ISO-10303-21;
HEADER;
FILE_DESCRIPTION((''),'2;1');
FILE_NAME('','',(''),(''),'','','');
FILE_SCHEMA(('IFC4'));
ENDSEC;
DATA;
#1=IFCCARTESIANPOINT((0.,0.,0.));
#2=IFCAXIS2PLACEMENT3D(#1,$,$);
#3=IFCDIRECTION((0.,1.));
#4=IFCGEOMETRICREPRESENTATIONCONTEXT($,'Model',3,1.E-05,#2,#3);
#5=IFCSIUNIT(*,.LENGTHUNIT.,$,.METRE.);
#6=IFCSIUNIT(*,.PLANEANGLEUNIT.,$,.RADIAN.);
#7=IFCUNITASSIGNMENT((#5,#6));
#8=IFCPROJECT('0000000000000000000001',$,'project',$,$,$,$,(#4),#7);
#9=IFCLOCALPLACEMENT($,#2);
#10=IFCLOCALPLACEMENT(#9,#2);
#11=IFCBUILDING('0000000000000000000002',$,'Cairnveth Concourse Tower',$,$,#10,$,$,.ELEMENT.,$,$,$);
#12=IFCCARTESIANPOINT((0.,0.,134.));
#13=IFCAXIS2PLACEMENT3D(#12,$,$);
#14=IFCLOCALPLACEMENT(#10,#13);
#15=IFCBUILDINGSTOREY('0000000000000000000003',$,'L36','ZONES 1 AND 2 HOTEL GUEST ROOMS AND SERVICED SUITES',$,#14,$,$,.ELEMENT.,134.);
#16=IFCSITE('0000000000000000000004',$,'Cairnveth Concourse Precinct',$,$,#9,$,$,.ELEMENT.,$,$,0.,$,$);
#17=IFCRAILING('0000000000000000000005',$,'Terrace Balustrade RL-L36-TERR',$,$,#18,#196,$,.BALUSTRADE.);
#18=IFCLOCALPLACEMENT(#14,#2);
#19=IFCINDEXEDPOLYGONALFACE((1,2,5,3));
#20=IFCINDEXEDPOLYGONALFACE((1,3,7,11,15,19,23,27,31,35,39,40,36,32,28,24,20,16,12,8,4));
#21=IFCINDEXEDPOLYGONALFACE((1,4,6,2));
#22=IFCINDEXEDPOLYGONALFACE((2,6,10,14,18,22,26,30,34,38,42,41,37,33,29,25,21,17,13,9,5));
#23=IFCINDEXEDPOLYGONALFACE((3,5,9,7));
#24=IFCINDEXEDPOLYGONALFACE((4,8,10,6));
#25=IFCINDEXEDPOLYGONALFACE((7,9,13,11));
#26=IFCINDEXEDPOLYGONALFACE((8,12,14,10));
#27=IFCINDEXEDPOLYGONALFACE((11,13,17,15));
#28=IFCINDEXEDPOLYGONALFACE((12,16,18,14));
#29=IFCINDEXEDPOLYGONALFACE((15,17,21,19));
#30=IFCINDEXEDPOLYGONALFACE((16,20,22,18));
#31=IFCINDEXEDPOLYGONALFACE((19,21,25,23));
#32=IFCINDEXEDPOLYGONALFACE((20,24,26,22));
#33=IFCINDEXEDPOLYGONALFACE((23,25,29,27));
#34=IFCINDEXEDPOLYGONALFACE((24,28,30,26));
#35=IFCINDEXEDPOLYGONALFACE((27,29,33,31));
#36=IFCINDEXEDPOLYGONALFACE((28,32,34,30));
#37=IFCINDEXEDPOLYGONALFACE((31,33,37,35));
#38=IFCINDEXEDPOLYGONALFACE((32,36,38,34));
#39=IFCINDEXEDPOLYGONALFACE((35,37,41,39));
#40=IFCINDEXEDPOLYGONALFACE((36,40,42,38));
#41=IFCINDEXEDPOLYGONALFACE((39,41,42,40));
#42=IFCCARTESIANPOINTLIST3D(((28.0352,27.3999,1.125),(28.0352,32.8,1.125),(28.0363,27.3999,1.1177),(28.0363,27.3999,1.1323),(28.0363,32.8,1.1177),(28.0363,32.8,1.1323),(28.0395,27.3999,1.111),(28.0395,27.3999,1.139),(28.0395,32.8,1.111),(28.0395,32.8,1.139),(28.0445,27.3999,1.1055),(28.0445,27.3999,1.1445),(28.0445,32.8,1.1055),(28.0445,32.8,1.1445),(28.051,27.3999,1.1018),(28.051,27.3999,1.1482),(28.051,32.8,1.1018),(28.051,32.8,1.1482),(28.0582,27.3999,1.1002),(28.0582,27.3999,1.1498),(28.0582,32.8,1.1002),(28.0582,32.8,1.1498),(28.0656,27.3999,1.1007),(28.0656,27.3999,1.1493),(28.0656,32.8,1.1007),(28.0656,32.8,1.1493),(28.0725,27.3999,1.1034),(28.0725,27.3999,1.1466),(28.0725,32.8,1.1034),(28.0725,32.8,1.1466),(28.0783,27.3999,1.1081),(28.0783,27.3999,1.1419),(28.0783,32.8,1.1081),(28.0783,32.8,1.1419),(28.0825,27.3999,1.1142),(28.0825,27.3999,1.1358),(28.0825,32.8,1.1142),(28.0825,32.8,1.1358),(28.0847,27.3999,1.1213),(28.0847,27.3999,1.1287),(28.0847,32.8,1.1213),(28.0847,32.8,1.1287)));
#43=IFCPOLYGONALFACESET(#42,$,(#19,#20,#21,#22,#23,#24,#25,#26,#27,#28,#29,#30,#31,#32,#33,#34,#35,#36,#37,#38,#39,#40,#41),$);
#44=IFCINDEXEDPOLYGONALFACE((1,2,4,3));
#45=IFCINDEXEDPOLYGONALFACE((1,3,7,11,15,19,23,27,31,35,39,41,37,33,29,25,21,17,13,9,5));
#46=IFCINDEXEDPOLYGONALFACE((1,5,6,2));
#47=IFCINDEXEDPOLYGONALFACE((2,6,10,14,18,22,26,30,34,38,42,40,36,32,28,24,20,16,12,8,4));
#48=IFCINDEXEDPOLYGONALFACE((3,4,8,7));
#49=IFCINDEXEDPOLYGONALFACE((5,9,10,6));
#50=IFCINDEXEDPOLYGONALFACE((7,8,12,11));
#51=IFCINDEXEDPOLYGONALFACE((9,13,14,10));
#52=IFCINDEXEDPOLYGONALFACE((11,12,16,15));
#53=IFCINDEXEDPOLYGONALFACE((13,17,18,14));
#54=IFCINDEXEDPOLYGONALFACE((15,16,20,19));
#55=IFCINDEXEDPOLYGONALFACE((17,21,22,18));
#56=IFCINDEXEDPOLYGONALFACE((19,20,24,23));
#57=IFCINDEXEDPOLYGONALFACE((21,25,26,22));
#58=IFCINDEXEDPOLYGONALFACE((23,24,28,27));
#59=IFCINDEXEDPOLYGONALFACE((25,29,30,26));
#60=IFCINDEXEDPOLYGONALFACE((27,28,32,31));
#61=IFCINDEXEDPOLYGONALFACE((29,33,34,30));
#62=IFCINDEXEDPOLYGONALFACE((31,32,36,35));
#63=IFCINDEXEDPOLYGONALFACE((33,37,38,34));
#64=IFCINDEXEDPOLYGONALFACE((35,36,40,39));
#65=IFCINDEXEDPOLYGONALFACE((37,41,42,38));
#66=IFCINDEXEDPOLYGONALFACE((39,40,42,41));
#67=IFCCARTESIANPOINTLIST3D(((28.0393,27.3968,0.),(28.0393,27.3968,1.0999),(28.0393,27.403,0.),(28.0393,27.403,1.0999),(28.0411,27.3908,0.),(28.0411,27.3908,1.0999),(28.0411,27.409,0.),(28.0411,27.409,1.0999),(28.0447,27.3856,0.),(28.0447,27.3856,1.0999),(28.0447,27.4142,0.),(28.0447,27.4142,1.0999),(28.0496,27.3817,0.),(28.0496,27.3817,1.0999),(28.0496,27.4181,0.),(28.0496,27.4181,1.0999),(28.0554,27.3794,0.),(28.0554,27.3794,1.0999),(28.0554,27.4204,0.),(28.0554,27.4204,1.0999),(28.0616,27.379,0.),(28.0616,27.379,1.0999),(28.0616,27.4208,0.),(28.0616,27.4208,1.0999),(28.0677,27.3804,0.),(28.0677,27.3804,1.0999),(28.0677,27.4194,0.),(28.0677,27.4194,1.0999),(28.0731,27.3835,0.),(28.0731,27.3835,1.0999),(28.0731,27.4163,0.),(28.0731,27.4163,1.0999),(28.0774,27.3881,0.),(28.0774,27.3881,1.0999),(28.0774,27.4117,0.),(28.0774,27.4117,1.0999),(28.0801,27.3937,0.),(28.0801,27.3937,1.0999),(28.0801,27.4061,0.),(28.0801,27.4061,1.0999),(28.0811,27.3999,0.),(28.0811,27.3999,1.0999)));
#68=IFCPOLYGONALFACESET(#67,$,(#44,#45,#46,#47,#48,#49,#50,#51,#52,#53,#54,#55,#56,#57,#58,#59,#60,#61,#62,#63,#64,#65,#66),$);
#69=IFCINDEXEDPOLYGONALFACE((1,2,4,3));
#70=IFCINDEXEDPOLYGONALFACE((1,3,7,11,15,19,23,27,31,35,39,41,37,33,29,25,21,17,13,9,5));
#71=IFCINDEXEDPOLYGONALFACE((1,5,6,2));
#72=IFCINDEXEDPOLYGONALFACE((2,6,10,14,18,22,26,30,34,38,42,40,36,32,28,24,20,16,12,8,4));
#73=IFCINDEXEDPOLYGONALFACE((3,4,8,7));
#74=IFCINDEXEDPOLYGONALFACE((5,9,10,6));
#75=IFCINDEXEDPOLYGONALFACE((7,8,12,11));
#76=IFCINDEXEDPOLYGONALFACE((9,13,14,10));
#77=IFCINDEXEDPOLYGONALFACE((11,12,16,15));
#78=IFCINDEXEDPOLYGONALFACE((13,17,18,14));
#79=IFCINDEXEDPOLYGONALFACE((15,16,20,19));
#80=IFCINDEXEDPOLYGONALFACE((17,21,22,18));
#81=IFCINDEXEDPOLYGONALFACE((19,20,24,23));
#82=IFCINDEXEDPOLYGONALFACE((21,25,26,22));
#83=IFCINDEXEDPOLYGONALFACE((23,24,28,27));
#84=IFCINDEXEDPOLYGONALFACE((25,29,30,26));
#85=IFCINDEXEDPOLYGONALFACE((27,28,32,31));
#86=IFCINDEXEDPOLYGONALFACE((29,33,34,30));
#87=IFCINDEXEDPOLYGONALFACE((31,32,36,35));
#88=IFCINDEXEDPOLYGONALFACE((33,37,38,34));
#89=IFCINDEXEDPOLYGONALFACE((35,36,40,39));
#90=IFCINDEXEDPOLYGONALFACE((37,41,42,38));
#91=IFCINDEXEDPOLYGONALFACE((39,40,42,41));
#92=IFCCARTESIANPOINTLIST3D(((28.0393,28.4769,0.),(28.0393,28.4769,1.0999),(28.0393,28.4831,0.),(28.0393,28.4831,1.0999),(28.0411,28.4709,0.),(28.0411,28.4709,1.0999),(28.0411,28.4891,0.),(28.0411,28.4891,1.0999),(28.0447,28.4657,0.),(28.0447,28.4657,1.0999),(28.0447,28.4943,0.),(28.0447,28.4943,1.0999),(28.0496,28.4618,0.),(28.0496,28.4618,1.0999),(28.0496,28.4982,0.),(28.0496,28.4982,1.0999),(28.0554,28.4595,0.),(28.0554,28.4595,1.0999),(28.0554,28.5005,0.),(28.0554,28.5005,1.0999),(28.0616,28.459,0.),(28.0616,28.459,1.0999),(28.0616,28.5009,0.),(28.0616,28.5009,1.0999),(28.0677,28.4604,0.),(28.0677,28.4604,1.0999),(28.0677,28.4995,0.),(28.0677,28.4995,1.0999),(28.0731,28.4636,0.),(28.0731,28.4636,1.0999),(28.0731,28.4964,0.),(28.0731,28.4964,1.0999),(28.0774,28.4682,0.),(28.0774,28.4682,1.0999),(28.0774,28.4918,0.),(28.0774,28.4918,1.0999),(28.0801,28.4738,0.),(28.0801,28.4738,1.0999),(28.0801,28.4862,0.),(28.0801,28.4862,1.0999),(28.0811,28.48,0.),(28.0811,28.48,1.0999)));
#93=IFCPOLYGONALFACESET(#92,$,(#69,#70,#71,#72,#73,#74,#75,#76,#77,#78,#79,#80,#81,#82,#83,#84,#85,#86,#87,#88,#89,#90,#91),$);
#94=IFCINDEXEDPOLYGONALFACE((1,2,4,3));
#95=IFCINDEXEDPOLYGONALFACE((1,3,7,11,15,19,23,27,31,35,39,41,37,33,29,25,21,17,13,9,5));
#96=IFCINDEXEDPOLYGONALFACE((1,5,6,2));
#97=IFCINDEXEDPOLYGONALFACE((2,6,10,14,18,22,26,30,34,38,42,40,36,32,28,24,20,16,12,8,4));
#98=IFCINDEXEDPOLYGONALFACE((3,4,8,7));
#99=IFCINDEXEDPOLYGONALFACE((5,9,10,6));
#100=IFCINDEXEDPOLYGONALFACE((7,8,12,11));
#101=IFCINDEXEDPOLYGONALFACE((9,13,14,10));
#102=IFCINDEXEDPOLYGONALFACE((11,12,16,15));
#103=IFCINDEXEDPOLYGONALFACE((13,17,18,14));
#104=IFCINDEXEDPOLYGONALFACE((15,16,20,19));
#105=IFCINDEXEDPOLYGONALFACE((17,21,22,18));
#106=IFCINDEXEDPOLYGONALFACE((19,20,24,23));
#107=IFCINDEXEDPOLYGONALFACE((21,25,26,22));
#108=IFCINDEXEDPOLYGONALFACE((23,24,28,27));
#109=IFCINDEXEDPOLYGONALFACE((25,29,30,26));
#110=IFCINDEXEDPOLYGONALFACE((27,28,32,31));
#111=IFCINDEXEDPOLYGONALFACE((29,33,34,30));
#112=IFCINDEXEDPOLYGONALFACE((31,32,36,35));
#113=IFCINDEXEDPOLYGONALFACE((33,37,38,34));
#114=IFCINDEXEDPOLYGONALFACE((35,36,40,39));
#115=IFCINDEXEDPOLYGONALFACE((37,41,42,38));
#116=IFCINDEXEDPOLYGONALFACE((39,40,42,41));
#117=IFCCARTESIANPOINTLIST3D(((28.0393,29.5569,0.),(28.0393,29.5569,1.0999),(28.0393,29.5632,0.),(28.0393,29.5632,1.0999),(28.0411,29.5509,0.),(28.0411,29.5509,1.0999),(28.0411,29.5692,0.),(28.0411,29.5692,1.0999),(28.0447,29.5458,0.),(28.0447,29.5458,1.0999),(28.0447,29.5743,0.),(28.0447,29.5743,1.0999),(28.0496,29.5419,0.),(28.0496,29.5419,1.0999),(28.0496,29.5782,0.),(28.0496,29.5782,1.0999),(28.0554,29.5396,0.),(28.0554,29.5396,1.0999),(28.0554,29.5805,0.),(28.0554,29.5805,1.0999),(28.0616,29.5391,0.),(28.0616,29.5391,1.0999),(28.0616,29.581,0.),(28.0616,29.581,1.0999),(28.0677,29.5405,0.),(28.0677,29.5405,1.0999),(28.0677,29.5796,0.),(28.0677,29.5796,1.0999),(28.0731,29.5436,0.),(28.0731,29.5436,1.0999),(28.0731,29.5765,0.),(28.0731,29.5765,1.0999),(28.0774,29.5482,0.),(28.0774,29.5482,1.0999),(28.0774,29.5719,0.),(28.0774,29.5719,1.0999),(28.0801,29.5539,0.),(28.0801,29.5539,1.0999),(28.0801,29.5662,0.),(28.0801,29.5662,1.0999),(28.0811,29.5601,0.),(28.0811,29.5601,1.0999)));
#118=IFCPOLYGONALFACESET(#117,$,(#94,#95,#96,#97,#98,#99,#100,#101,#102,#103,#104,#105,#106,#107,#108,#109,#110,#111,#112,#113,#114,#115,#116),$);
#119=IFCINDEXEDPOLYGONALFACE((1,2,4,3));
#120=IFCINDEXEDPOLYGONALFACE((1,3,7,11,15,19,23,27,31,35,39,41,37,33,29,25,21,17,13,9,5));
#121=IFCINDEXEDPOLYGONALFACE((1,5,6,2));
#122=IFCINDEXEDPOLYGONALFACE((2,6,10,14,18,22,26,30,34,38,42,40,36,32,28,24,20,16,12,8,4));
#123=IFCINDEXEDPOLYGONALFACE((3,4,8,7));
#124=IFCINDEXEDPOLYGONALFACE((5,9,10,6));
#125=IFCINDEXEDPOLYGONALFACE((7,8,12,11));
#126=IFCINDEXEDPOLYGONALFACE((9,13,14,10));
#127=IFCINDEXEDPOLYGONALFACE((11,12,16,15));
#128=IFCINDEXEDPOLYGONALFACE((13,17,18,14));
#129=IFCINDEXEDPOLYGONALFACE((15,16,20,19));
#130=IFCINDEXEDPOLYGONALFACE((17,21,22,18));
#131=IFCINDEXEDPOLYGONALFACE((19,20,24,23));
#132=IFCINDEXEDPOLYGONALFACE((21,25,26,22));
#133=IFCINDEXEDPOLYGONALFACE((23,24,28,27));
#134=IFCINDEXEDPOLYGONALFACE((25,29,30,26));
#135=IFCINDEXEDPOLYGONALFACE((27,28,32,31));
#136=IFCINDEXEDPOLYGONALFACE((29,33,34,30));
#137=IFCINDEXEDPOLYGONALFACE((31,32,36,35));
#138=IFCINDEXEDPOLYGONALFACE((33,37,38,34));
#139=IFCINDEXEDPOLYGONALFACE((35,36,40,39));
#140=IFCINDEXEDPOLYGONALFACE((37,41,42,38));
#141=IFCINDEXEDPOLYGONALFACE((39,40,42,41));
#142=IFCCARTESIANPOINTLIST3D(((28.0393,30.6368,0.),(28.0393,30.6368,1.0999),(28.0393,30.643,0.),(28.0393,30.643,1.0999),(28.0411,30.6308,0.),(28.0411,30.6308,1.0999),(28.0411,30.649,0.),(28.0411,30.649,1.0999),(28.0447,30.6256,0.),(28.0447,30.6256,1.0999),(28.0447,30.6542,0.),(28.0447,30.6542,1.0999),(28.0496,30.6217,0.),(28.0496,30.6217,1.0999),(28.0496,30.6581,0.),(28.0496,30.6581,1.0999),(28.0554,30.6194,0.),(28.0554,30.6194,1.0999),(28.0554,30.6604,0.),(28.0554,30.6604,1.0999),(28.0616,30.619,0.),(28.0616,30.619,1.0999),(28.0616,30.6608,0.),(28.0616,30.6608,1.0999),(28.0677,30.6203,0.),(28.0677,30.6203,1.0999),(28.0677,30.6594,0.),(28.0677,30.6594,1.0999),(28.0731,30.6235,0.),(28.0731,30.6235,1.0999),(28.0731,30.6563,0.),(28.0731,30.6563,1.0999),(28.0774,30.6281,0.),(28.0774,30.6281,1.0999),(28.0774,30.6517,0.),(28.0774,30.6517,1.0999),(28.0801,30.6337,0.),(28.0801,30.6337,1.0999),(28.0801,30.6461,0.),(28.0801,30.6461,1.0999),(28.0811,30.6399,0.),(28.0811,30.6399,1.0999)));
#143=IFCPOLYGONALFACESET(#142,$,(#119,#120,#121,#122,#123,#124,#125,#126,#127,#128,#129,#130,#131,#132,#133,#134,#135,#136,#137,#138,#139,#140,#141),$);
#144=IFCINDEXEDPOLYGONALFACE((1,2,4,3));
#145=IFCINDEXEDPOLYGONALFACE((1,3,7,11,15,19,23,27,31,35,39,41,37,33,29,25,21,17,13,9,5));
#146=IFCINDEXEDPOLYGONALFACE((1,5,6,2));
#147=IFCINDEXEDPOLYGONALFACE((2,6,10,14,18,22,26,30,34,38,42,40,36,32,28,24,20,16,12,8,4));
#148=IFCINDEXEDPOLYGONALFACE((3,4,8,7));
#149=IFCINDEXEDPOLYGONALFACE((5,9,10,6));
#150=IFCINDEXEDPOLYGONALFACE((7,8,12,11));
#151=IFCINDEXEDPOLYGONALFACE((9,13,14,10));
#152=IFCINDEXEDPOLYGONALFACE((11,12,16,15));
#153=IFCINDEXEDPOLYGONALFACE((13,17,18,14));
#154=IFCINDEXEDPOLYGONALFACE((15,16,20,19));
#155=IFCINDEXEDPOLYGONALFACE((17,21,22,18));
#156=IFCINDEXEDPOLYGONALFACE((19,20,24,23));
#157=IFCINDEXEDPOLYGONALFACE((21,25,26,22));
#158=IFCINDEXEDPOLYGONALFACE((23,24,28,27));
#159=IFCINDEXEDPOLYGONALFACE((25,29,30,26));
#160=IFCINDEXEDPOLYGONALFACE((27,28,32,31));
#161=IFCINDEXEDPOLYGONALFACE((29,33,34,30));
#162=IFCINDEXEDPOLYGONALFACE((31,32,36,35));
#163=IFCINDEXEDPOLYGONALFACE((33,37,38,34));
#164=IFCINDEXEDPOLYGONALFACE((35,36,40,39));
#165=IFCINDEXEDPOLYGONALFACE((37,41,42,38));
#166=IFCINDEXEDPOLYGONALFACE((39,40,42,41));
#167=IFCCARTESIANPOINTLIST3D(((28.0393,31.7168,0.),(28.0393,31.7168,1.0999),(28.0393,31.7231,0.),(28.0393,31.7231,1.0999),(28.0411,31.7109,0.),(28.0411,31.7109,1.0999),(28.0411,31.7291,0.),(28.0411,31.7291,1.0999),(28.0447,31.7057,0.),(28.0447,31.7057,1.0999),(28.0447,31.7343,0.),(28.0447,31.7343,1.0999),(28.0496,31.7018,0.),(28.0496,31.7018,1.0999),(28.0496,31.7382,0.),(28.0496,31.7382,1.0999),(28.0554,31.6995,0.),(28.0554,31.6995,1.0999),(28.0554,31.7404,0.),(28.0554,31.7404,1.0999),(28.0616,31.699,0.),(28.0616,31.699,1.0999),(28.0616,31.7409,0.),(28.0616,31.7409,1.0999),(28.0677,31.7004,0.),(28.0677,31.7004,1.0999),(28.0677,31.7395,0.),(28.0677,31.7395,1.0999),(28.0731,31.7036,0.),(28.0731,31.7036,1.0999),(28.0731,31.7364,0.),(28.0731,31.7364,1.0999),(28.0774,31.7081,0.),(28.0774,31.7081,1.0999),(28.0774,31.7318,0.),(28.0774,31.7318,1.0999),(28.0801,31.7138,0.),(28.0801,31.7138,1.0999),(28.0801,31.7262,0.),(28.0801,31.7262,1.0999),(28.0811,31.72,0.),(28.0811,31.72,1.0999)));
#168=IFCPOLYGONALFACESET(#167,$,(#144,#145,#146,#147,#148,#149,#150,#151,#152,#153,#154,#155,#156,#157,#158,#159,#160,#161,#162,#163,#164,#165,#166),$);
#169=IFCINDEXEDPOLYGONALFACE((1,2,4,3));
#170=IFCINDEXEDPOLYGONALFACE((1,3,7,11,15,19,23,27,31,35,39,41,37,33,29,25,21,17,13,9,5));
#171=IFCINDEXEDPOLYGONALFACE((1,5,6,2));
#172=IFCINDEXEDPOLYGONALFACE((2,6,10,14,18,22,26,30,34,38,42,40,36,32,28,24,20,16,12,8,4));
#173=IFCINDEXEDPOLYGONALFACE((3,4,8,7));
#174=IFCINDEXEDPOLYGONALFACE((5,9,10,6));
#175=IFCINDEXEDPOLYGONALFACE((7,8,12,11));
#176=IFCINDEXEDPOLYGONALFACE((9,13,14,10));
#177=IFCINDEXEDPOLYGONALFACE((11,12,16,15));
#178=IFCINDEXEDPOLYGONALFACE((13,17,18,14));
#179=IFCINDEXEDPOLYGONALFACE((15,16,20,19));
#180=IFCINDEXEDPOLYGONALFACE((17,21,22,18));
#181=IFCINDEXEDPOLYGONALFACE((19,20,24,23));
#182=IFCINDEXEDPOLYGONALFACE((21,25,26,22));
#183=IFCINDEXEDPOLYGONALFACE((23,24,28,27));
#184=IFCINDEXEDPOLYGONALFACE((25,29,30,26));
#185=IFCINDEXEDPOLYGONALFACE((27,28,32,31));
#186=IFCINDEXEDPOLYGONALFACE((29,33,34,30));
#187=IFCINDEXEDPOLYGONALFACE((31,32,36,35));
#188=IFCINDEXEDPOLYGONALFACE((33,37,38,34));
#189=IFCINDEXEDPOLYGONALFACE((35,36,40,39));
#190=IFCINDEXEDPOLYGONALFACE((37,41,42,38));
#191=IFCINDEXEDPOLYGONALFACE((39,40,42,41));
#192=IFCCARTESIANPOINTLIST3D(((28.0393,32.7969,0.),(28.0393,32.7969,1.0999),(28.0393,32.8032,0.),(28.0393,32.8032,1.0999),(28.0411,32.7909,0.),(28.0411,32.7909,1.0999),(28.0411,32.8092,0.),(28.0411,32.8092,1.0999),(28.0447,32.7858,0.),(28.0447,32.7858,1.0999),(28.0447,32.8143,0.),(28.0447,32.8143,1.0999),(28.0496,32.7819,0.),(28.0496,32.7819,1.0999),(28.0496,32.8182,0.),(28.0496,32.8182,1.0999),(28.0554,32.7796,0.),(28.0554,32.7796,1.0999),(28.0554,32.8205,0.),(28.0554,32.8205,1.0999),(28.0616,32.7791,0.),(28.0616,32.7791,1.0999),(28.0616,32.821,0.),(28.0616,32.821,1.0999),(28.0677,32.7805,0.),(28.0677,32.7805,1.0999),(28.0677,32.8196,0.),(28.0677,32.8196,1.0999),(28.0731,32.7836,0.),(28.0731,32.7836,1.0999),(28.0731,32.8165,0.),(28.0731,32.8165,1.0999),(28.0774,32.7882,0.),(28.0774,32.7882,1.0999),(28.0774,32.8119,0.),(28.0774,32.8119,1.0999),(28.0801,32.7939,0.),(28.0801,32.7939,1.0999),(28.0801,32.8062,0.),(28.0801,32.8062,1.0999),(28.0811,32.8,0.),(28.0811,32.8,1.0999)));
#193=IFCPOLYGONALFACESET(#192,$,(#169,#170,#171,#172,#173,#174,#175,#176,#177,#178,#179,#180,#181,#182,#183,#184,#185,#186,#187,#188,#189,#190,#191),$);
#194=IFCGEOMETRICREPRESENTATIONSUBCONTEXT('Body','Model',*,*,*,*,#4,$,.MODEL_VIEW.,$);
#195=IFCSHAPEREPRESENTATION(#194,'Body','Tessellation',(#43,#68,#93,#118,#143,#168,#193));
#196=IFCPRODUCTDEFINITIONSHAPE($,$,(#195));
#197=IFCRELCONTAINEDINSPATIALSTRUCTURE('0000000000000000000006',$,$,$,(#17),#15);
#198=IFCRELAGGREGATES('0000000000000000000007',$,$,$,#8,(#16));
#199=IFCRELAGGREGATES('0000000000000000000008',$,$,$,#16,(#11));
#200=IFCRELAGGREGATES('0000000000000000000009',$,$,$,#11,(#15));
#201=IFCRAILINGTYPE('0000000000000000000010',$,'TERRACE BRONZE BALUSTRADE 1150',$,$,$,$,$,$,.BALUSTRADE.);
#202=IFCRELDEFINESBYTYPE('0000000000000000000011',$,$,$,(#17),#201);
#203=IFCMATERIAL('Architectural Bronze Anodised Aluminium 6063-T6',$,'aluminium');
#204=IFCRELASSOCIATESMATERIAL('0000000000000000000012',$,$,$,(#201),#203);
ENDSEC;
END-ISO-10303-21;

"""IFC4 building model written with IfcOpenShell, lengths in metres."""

from ifc_helpers import new_model, si_unit, direction, frame, origin, origin_2d, place, context, subcontext, project, spatial, circle, extrude, material, type_object, element, save


model = new_model("IFC4")

# Units and contexts
model_context = context("Model", 3, precision=1e-05, world=origin(), true_north=direction((0.0, 1.0)))
body_context = subcontext(model_context, "Body", "Model", "MODEL_VIEW")
ifc_project = project(units=[si_unit("LENGTHUNIT", "METRE"), si_unit("PLANEANGLEUNIT", "RADIAN")], contexts=[model_context])

# Site, building, storey
site_placement = place(None, origin())
site = spatial("IfcSite", under=ifc_project, at=site_placement, Name="Cairnveth Concourse Precinct", CompositionType="ELEMENT", RefElevation=0.0)
building_placement = place(site_placement, origin())
building = spatial("IfcBuilding", under=site, at=building_placement, Name="Cairnveth Concourse Tower", CompositionType="ELEMENT")
storey_placement = place(building_placement, frame((0.0, 0.0, 134.0)))
storey = spatial("IfcBuildingStorey", under=building, at=storey_placement, Name="L36", Description="ZONES 1 AND 2 HOTEL GUEST ROOMS AND SERVICED SUITES", CompositionType="ELEMENT", Elevation=134.0)

# Shared definitions
ifc_material_1 = material(Name="Architectural Bronze Anodised Aluminium 6063-T6", Category="aluminium")

# Railing
railing_type = type_object("IfcRailingType", Name="TERRACE BRONZE BALUSTRADE 1150", PredefinedType="BALUSTRADE", material=ifc_material_1)
railing_placement = place(storey_placement, frame((28.0601, 27.3999, 0.0)))
element("IfcRailing", 1, at=railing_placement, inside=storey, type_object=railing_type, Name="Terrace Balustrade RL-L36-TERR", PredefinedType="BALUSTRADE", context=body_context, shape_type="SweptSolid", body=[
    extrude(circle(Radius=0.0249, at=origin_2d()), frame((0.0, 0.0, 1.125), z_axis=(0.0, 1.0, 0.0), x_axis=(-1.0, 0.0, 0.0)), (0.0, 0.0, 1.0), 5.4001),
    extrude(circle(Radius=0.021, at=origin_2d()), origin(), (0.0, 0.0, 1.0), 1.0999),
    extrude(circle(Radius=0.021, at=origin_2d()), frame((0.0, 1.0801, 0.0)), (0.0, 0.0, 1.0), 1.0999),
    extrude(circle(Radius=0.021, at=origin_2d()), frame((0.0, 2.1602, 0.0)), (0.0, 0.0, 1.0), 1.0999),
    extrude(circle(Radius=0.021, at=origin_2d()), frame((0.0, 3.24, 0.0)), (0.0, 0.0, 1.0), 1.0999),
    extrude(circle(Radius=0.021, at=origin_2d()), frame((0.0, 4.3201, 0.0)), (0.0, 0.0, 1.0), 1.0999),
    extrude(circle(Radius=0.021, at=origin_2d()), frame((0.0, 5.4001, 0.0)), (0.0, 0.0, 1.0), 1.0999),
])

save(model, "model.ifc")
